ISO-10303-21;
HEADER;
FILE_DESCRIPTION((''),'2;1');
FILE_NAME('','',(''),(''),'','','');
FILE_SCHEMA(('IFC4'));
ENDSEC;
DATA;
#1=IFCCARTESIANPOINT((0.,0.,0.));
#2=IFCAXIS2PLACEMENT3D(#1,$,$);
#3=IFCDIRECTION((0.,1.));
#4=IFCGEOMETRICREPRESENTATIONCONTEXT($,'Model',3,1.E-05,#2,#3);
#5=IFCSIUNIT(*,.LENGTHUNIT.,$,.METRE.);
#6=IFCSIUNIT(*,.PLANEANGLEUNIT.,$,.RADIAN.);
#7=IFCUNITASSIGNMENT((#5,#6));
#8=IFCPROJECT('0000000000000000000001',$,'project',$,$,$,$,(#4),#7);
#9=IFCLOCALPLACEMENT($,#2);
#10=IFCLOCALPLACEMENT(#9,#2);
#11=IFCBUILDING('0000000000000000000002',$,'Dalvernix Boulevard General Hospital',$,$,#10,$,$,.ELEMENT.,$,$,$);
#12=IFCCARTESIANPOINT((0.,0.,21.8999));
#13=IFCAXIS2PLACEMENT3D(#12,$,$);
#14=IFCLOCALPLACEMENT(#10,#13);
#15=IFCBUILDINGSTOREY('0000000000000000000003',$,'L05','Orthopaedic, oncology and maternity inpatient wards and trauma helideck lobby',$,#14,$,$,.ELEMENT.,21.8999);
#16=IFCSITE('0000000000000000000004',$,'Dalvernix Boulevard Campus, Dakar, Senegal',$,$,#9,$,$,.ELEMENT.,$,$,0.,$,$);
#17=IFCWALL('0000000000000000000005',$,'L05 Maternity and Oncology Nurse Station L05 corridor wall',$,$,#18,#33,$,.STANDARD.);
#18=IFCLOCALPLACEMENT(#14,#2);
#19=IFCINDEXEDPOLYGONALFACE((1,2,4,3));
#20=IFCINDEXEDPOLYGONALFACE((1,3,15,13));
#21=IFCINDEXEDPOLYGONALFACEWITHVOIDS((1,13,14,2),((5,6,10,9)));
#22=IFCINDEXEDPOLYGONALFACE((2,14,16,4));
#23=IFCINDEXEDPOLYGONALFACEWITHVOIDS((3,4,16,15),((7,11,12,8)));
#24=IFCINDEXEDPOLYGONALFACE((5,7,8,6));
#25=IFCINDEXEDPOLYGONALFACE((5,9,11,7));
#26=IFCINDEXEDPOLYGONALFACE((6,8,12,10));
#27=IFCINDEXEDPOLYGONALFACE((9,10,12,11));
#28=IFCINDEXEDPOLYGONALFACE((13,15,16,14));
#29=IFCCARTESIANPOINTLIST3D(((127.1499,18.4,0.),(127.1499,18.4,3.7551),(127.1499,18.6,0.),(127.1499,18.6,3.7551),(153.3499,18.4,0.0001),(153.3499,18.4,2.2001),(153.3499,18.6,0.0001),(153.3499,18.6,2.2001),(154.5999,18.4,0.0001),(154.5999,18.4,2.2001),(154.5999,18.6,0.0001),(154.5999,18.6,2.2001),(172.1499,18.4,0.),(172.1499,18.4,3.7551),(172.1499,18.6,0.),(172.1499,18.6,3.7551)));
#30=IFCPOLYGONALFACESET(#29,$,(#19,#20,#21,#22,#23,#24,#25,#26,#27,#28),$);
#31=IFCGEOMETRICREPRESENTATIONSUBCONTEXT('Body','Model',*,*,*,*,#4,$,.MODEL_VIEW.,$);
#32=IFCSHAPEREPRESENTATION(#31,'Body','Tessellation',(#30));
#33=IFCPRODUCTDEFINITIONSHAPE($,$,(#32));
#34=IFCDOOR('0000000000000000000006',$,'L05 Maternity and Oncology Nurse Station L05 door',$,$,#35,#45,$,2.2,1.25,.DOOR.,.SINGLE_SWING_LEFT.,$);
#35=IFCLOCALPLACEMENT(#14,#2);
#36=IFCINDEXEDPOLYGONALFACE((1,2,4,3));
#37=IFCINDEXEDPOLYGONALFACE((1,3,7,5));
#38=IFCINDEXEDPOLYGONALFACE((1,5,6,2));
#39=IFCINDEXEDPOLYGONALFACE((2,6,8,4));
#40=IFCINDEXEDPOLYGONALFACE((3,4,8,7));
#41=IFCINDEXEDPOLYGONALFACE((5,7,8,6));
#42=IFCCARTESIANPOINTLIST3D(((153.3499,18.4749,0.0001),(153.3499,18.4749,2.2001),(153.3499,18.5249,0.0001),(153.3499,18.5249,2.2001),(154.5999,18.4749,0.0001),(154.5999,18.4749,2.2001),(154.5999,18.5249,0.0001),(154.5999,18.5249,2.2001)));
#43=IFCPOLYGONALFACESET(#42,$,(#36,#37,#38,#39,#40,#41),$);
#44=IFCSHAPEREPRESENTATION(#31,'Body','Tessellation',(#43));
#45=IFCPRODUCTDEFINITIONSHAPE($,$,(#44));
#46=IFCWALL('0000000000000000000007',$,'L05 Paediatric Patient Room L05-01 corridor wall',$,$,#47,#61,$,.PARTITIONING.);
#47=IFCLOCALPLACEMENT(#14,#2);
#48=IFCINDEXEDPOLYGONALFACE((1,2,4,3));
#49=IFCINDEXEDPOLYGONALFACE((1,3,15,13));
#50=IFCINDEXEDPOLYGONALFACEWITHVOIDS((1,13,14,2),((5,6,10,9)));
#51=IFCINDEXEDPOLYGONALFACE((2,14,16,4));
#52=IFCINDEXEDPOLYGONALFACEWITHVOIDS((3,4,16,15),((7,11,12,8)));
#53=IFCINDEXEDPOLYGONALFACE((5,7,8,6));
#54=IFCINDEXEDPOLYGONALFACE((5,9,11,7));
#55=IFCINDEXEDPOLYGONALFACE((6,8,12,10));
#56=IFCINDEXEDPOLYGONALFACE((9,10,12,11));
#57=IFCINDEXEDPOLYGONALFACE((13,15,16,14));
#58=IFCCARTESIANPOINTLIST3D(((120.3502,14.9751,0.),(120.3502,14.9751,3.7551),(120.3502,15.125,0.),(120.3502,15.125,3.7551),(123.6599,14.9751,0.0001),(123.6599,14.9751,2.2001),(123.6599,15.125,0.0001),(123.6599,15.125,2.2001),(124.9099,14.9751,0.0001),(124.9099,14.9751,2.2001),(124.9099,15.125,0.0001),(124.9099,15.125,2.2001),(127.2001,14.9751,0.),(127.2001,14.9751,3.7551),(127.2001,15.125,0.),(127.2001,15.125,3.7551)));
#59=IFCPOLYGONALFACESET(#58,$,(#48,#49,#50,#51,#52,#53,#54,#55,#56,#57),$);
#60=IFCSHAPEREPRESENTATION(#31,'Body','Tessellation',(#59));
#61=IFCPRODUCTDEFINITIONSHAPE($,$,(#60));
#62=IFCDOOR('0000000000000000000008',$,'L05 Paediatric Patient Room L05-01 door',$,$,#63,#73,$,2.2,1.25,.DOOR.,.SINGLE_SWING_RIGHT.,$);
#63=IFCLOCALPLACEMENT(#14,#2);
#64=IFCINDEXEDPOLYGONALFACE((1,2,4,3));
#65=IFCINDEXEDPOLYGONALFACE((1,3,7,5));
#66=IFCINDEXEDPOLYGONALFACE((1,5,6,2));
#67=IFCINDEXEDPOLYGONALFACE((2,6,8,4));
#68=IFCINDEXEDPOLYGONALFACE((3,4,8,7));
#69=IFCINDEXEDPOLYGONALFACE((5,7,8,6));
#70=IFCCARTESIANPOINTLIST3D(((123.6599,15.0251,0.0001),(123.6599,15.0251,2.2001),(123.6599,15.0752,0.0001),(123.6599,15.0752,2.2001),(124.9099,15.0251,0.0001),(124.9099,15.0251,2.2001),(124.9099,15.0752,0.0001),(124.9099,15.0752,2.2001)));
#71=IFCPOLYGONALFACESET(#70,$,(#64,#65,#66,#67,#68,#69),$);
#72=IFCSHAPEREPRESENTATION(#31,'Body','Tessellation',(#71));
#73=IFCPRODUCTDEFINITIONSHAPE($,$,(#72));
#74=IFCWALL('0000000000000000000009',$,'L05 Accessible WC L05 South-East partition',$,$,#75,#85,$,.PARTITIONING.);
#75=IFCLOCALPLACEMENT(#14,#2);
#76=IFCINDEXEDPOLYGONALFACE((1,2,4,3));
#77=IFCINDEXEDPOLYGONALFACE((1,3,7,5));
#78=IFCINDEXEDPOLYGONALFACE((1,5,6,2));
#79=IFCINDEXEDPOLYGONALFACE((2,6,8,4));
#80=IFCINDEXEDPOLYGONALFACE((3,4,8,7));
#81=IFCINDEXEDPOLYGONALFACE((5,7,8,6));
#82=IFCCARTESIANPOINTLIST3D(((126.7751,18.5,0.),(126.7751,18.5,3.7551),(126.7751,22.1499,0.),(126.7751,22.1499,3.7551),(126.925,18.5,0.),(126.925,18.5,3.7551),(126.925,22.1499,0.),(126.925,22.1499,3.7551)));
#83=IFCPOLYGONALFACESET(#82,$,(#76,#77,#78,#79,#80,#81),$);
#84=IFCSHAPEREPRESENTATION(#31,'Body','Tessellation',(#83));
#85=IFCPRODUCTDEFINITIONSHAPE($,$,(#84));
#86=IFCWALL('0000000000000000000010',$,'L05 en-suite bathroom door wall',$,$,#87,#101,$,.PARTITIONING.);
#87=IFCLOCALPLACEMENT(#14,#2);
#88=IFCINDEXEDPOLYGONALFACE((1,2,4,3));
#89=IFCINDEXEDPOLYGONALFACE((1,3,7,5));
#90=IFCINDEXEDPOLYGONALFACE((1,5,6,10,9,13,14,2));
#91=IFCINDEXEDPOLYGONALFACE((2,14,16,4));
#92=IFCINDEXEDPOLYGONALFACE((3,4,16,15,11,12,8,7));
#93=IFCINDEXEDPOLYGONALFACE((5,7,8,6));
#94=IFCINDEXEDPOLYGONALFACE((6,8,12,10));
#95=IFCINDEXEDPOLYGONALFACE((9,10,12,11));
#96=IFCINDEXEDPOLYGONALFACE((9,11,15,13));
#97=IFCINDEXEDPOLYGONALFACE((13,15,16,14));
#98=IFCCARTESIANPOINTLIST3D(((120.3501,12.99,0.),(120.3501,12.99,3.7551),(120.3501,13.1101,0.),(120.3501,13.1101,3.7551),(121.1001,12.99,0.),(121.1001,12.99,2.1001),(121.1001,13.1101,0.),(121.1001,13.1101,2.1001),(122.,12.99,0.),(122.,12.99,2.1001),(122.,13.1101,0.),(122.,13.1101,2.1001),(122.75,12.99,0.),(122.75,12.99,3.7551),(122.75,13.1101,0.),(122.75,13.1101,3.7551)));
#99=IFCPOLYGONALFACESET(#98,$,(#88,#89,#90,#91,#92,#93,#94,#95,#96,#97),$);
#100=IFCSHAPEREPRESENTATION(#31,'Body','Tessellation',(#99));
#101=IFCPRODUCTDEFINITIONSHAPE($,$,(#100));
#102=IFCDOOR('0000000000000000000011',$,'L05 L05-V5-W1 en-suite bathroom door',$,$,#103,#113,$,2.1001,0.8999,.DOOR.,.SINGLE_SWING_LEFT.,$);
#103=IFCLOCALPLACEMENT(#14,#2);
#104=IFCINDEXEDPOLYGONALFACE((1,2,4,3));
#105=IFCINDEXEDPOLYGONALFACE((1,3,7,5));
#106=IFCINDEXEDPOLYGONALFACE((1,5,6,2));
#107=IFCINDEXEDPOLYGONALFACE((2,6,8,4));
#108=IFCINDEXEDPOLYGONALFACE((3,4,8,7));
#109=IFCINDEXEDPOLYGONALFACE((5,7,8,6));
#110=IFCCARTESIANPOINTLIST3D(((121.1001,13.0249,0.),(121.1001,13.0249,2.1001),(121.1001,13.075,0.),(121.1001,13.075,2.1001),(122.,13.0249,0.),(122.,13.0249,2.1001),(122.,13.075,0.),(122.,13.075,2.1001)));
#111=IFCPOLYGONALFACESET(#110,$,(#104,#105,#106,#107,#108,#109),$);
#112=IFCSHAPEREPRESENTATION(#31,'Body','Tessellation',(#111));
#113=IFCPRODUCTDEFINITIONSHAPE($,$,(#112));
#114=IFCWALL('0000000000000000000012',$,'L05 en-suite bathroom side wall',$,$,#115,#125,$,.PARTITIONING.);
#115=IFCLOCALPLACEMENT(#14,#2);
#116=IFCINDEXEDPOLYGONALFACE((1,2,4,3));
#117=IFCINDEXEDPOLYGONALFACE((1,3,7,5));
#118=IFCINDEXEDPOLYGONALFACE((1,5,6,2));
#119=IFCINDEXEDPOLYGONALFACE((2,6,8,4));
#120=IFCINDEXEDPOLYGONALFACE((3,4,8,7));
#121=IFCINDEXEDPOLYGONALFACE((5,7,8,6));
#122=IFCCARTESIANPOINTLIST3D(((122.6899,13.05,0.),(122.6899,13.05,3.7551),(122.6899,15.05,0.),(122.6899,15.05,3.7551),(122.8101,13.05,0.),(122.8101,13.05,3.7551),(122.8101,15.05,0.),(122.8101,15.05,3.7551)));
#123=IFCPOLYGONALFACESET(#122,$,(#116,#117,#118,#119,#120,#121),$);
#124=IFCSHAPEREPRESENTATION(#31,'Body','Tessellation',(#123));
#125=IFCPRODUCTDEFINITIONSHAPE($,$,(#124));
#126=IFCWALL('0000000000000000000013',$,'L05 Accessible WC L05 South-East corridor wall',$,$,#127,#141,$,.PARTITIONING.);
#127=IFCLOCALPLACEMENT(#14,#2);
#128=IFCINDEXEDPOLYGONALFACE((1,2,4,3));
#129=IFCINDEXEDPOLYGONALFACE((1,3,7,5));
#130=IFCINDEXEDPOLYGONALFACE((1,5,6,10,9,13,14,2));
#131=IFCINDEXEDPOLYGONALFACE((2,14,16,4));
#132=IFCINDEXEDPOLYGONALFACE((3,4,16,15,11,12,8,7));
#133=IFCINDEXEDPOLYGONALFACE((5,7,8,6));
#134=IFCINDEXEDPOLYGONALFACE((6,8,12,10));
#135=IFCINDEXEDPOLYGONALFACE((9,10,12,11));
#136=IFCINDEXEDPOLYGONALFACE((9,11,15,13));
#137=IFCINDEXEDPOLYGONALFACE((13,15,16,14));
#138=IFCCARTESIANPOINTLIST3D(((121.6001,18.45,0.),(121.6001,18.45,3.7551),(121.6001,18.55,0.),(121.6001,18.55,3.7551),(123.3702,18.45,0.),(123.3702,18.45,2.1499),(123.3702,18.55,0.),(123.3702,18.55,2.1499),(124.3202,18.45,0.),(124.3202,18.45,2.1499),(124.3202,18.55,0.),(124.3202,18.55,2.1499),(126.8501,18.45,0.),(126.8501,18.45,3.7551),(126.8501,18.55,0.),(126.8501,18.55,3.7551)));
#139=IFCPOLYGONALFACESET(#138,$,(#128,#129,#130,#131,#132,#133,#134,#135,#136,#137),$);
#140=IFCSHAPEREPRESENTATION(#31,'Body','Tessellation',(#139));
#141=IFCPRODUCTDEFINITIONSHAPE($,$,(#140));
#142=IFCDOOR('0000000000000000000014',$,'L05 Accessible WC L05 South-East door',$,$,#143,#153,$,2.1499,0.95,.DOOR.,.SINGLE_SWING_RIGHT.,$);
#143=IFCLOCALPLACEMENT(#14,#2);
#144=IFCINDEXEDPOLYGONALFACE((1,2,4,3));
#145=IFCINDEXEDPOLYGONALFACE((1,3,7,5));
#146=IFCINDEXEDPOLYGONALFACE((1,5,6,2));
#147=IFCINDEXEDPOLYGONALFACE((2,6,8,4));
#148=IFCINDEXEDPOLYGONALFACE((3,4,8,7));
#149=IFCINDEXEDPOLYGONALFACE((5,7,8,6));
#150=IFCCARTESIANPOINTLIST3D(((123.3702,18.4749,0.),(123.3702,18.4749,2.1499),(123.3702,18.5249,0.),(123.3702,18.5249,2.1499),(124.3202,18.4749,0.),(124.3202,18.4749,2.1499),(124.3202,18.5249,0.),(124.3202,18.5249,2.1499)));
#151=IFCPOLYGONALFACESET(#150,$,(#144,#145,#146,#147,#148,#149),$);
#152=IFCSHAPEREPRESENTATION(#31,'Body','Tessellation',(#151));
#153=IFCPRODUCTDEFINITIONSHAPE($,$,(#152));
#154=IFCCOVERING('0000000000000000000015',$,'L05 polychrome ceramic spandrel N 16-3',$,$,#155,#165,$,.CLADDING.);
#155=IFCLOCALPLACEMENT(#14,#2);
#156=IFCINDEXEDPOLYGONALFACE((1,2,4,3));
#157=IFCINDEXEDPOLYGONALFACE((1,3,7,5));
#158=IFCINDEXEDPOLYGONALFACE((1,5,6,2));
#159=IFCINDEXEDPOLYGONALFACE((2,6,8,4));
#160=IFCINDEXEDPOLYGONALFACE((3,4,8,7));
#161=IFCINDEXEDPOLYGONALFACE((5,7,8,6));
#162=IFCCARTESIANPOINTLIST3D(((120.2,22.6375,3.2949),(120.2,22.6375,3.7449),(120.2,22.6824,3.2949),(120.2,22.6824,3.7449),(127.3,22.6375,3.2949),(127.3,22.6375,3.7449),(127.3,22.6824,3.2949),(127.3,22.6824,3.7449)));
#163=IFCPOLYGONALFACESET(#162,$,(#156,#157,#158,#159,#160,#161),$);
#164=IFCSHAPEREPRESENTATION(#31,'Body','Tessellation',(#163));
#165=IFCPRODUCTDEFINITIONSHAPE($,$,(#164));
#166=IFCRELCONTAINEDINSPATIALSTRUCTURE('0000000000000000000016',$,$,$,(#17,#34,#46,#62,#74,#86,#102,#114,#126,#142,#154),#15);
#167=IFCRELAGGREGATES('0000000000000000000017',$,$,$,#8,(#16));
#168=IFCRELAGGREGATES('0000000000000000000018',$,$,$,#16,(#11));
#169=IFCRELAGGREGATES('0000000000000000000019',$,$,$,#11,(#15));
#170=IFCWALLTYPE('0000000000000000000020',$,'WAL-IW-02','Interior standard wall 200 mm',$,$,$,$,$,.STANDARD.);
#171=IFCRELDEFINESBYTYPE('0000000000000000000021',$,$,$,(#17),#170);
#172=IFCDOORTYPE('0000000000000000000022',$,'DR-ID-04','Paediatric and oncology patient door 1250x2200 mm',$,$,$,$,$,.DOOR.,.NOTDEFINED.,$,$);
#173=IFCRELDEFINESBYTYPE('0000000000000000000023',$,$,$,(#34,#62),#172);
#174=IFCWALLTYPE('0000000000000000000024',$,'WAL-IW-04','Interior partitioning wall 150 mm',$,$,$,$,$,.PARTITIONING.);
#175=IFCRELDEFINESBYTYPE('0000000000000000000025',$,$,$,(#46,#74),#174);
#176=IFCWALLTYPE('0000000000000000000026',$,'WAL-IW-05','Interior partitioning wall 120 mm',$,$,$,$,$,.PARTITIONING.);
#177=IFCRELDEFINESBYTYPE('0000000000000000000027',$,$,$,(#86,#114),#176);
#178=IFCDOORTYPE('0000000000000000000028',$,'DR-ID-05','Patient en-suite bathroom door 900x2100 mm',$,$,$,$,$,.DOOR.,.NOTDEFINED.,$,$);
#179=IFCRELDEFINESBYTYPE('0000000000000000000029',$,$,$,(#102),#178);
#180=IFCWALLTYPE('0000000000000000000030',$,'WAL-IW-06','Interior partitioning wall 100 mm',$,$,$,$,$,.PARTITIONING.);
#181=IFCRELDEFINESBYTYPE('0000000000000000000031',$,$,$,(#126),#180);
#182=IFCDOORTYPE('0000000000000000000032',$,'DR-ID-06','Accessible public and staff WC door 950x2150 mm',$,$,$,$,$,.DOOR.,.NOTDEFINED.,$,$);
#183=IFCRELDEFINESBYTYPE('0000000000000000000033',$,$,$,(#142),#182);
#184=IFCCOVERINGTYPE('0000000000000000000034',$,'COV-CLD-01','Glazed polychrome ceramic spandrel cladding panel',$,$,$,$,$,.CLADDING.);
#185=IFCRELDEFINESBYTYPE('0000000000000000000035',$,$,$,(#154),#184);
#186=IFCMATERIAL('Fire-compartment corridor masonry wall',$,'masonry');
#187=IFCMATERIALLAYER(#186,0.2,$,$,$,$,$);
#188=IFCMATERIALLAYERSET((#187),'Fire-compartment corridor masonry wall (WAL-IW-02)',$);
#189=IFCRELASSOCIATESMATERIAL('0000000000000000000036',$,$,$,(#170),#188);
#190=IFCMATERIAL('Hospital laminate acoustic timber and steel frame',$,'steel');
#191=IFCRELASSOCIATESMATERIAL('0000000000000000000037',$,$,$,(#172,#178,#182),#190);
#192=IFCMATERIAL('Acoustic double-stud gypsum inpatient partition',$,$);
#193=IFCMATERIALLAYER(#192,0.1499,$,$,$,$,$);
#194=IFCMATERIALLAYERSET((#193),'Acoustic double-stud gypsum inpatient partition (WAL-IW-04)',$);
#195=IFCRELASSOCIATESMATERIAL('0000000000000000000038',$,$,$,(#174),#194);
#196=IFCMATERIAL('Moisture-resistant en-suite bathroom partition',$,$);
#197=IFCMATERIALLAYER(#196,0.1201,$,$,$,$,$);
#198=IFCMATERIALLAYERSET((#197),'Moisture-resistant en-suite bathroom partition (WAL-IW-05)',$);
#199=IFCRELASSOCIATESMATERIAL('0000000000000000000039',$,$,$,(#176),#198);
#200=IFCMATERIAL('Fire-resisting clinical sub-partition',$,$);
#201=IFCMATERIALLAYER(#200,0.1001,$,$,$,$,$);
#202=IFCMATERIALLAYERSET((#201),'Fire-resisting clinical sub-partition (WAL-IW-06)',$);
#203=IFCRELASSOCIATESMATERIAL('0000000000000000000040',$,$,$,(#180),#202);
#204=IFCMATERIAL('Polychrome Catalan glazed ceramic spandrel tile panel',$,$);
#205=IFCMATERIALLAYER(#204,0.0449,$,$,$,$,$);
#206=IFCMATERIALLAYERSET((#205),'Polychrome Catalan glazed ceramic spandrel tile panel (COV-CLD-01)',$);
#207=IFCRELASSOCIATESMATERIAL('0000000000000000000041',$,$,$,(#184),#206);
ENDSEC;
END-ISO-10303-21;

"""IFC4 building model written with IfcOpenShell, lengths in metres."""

from ifc_helpers import new_model, si_unit, direction, frame, frame_2d, origin, origin_2d, place, context, subcontext, project, spatial, rectangle, extrude, material, layer, layer_set, type_object, element, fill, save


model = new_model("IFC4")

# Units and contexts
model_context = context("Model", 3, precision=1e-05, world=origin(), true_north=direction((0.0, 1.0)))
body_context = subcontext(model_context, "Body", "Model", "MODEL_VIEW")
ifc_project = project(units=[si_unit("LENGTHUNIT", "METRE"), si_unit("PLANEANGLEUNIT", "RADIAN")], contexts=[model_context])

# Site, building, storey
site_placement = place(None, origin())
site = spatial("IfcSite", under=ifc_project, at=site_placement, Name="Dalvernix Boulevard Campus, Dakar, Senegal", CompositionType="ELEMENT", RefElevation=0.0)
building_placement = place(site_placement, origin())
building = spatial("IfcBuilding", under=site, at=building_placement, Name="Dalvernix Boulevard General Hospital", CompositionType="ELEMENT")
storey_placement = place(building_placement, frame((0.0, 0.0, 21.8999)))
storey = spatial("IfcBuildingStorey", under=building, at=storey_placement, Name="L05", Description="Orthopaedic, oncology and maternity inpatient wards and trauma helideck lobby", CompositionType="ELEMENT", Elevation=21.8999)

# Walls, openings, doors
ifc_material_1 = material(Name="Fire-compartment corridor masonry wall", Category="masonry")
ifc_layer_1 = layer(ifc_material_1, 0.2)
ifc_layer_set_1 = layer_set([ifc_layer_1], Name="Fire-compartment corridor masonry wall (WAL-IW-02)")
wall_type_1 = type_object("IfcWallType", Name="WAL-IW-02", Description="Interior standard wall 200 mm", PredefinedType="STANDARD", material=ifc_layer_set_1)
wall_1_placement = place(storey_placement, frame((127.1499, 18.5, 0.0), z_axis=(0.0, 0.0, 1.0), x_axis=(1.0, 0.0, 0.0)))
wall_1 = element("IfcWall", 1, at=wall_1_placement, inside=storey, type_object=wall_type_1, Name="L05 Maternity and Oncology Nurse Station L05 corridor wall", PredefinedType="STANDARD", context=body_context, shape_type="SweptSolid", body=[
    extrude(rectangle(XDim=45.0, YDim=0.2, at=frame_2d((22.5, 0.0))), origin(), (0.0, 0.0, 1.0), 3.7551),
])
opening_1_placement = place(wall_1_placement, frame((26.2, 0.0, 0.0)))
opening_1 = element("IfcOpeningElement", 2, at=opening_1_placement, cuts=wall_1, PredefinedType="OPENING", context=body_context, shape_type="SweptSolid", body=[
    extrude(rectangle(XDim=1.25, YDim=2.2, at=frame_2d((0.625, 1.1001))), frame((0.0, 0.1099, 0.0), z_axis=(0.0, -1.0, 0.0), x_axis=(1.0, 0.0, 0.0)), (0.0, 0.0, 1.0), 0.22),
])
ifc_material_2 = material(Name="Hospital laminate acoustic timber and steel frame", Category="steel")
door_type_1 = type_object("IfcDoorType", Name="DR-ID-04", Description="Paediatric and oncology patient door 1250x2200 mm", OperationType="NOTDEFINED", PredefinedType="DOOR", material=ifc_material_2)
door_1_placement = place(opening_1_placement, origin())
door_1 = element("IfcDoor", 3, at=door_1_placement, inside=storey, type_object=door_type_1, Name="L05 Maternity and Oncology Nurse Station L05 door", OperationType="SINGLE_SWING_LEFT", OverallHeight=2.2, OverallWidth=1.25, PredefinedType="DOOR", context=body_context, shape_type="SweptSolid", body=[
    extrude(rectangle(XDim=1.25, YDim=2.2, at=frame_2d((0.625, 1.1001))), frame((0.0, 0.0249, 0.0), z_axis=(0.0, -1.0, 0.0), x_axis=(1.0, 0.0, 0.0)), (0.0, 0.0, 1.0), 0.05),
])
fill(opening_1, door_1)
ifc_material_3 = material(Name="Acoustic double-stud gypsum inpatient partition")
ifc_layer_2 = layer(ifc_material_3, 0.1499)
ifc_layer_set_2 = layer_set([ifc_layer_2], Name="Acoustic double-stud gypsum inpatient partition (WAL-IW-04)")
wall_type_2 = type_object("IfcWallType", Name="WAL-IW-04", Description="Interior partitioning wall 150 mm", PredefinedType="PARTITIONING", material=ifc_layer_set_2)
wall_2_placement = place(storey_placement, frame((127.2, 15.05, 0.0), z_axis=(0.0, 0.0, 1.0), x_axis=(-1.0, 0.0, 0.0)))
wall_2 = element("IfcWall", 4, at=wall_2_placement, inside=storey, type_object=wall_type_2, Name="L05 Paediatric Patient Room L05-01 corridor wall", PredefinedType="PARTITIONING", context=body_context, shape_type="SweptSolid", body=[
    extrude(rectangle(XDim=6.8499, YDim=0.1499, at=frame_2d((3.4248, 0.0))), origin(), (0.0, 0.0, 1.0), 3.7551),
])
opening_2_placement = place(wall_2_placement, frame((2.29, 0.0, 0.0)))
opening_2 = element("IfcOpeningElement", 5, at=opening_2_placement, cuts=wall_2, PredefinedType="OPENING", context=body_context, shape_type="SweptSolid", body=[
    extrude(rectangle(XDim=1.25, YDim=2.2, at=frame_2d((0.625, 1.1001))), frame((0.0, 0.085, 0.0), z_axis=(0.0, -1.0, 0.0), x_axis=(1.0, 0.0, 0.0)), (0.0, 0.0, 1.0), 0.1699),
])
door_2_placement = place(opening_2_placement, origin())
door_2 = element("IfcDoor", 6, at=door_2_placement, inside=storey, type_object=door_type_1, Name="L05 Paediatric Patient Room L05-01 door", OperationType="SINGLE_SWING_RIGHT", OverallHeight=2.2, OverallWidth=1.25, PredefinedType="DOOR", context=body_context, shape_type="SweptSolid", body=[
    extrude(rectangle(XDim=1.25, YDim=2.2, at=frame_2d((0.625, 1.1001))), frame((0.0, 0.0249, 0.0), z_axis=(0.0, -1.0, 0.0), x_axis=(1.0, 0.0, 0.0)), (0.0, 0.0, 1.0), 0.05),
])
fill(opening_2, door_2)

# Wall
wall_3_placement = place(storey_placement, frame((126.8501, 18.5, 0.0), z_axis=(0.0, 0.0, 1.0), x_axis=(0.0, 1.0, 0.0)))
element("IfcWall", 7, at=wall_3_placement, inside=storey, type_object=wall_type_2, Name="L05 Accessible WC L05 South-East partition", PredefinedType="PARTITIONING", context=body_context, shape_type="SweptSolid", body=[
    extrude(rectangle(XDim=3.6499, YDim=0.1499, at=frame_2d((1.825, 0.0))), origin(), (0.0, 0.0, 1.0), 3.7551),
])

# Wall, opening, door
ifc_material_4 = material(Name="Moisture-resistant en-suite bathroom partition")
ifc_layer_3 = layer(ifc_material_4, 0.1201)
ifc_layer_set_3 = layer_set([ifc_layer_3], Name="Moisture-resistant en-suite bathroom partition (WAL-IW-05)")
wall_type_3 = type_object("IfcWallType", Name="WAL-IW-05", Description="Interior partitioning wall 120 mm", PredefinedType="PARTITIONING", material=ifc_layer_set_3)
wall_4_placement = place(storey_placement, frame((120.3501, 13.05, 0.0), z_axis=(0.0, 0.0, 1.0), x_axis=(1.0, 0.0, 0.0)))
wall_4 = element("IfcWall", 8, at=wall_4_placement, inside=storey, type_object=wall_type_3, Name="L05 en-suite bathroom door wall", PredefinedType="PARTITIONING", context=body_context, shape_type="SweptSolid", body=[
    extrude(rectangle(XDim=2.3999, YDim=0.1201, at=frame_2d((1.2, 0.0))), origin(), (0.0, 0.0, 1.0), 3.7551),
])
opening_3_placement = place(wall_4_placement, frame((0.75, 0.0, 0.0)))
opening_3 = element("IfcOpeningElement", 9, at=opening_3_placement, cuts=wall_4, PredefinedType="OPENING", context=body_context, shape_type="SweptSolid", body=[
    extrude(rectangle(XDim=0.8999, YDim=2.1001, at=frame_2d((0.45, 1.05))), frame((0.0, 0.0701, 0.0), z_axis=(0.0, -1.0, 0.0), x_axis=(1.0, 0.0, 0.0)), (0.0, 0.0, 1.0), 0.1401),
])
door_type_2 = type_object("IfcDoorType", Name="DR-ID-05", Description="Patient en-suite bathroom door 900x2100 mm", OperationType="NOTDEFINED", PredefinedType="DOOR", material=ifc_material_2)
door_3_placement = place(opening_3_placement, origin())
door_3 = element("IfcDoor", 10, at=door_3_placement, inside=storey, type_object=door_type_2, Name="L05 L05-V5-W1 en-suite bathroom door", OperationType="SINGLE_SWING_LEFT", OverallHeight=2.1001, OverallWidth=0.8999, PredefinedType="DOOR", context=body_context, shape_type="SweptSolid", body=[
    extrude(rectangle(XDim=0.8999, YDim=2.1001, at=frame_2d((0.45, 1.05))), frame((0.0, 0.0249, 0.0), z_axis=(0.0, -1.0, 0.0), x_axis=(1.0, 0.0, 0.0)), (0.0, 0.0, 1.0), 0.05),
])
fill(opening_3, door_3)

# Wall
wall_5_placement = place(storey_placement, frame((122.75, 13.05, 0.0), z_axis=(0.0, 0.0, 1.0), x_axis=(0.0, 1.0, 0.0)))
element("IfcWall", 11, at=wall_5_placement, inside=storey, type_object=wall_type_3, Name="L05 en-suite bathroom side wall", PredefinedType="PARTITIONING", context=body_context, shape_type="SweptSolid", body=[
    extrude(rectangle(XDim=2.0, YDim=0.1201, at=frame_2d((1.0, 0.0))), origin(), (0.0, 0.0, 1.0), 3.7551),
])

# Wall, opening, door
ifc_material_5 = material(Name="Fire-resisting clinical sub-partition")
ifc_layer_4 = layer(ifc_material_5, 0.1001)
ifc_layer_set_4 = layer_set([ifc_layer_4], Name="Fire-resisting clinical sub-partition (WAL-IW-06)")
wall_type_4 = type_object("IfcWallType", Name="WAL-IW-06", Description="Interior partitioning wall 100 mm", PredefinedType="PARTITIONING", material=ifc_layer_set_4)
wall_6_placement = place(storey_placement, frame((121.6001, 18.5, 0.0), z_axis=(0.0, 0.0, 1.0), x_axis=(1.0, 0.0, 0.0)))
wall_6 = element("IfcWall", 12, at=wall_6_placement, inside=storey, type_object=wall_type_4, Name="L05 Accessible WC L05 South-East corridor wall", PredefinedType="PARTITIONING", context=body_context, shape_type="SweptSolid", body=[
    extrude(rectangle(XDim=5.25, YDim=0.1001, at=frame_2d((2.625, 0.0))), origin(), (0.0, 0.0, 1.0), 3.7551),
])
opening_4_placement = place(wall_6_placement, frame((1.77, 0.0, 0.0)))
opening_4 = element("IfcOpeningElement", 13, at=opening_4_placement, cuts=wall_6, PredefinedType="OPENING", context=body_context, shape_type="SweptSolid", body=[
    extrude(rectangle(XDim=0.95, YDim=2.1499, at=frame_2d((0.4751, 1.075))), frame((0.0, 0.0601, 0.0), z_axis=(0.0, -1.0, 0.0), x_axis=(1.0, 0.0, 0.0)), (0.0, 0.0, 1.0), 0.1201),
])
door_type_3 = type_object("IfcDoorType", Name="DR-ID-06", Description="Accessible public and staff WC door 950x2150 mm", OperationType="NOTDEFINED", PredefinedType="DOOR", material=ifc_material_2)
door_4_placement = place(opening_4_placement, origin())
door_4 = element("IfcDoor", 14, at=door_4_placement, inside=storey, type_object=door_type_3, Name="L05 Accessible WC L05 South-East door", OperationType="SINGLE_SWING_RIGHT", OverallHeight=2.1499, OverallWidth=0.95, PredefinedType="DOOR", context=body_context, shape_type="SweptSolid", body=[
    extrude(rectangle(XDim=0.95, YDim=2.1499, at=frame_2d((0.4751, 1.075))), frame((0.0, 0.0249, 0.0), z_axis=(0.0, -1.0, 0.0), x_axis=(1.0, 0.0, 0.0)), (0.0, 0.0, 1.0), 0.05),
])
fill(opening_4, door_4)

# Covering
ifc_material_6 = material(Name="Polychrome Catalan glazed ceramic spandrel tile panel")
ifc_layer_5 = layer(ifc_material_6, 0.0449)
ifc_layer_set_5 = layer_set([ifc_layer_5], Name="Polychrome Catalan glazed ceramic spandrel tile panel (COV-CLD-01)")
covering_type_1 = type_object("IfcCoveringType", Name="COV-CLD-01", Description="Glazed polychrome ceramic spandrel cladding panel", PredefinedType="CLADDING", material=ifc_layer_set_5)
covering_1_placement = place(storey_placement, frame((123.75, 22.6599, 3.2949), z_axis=(0.0, 0.0, 1.0), x_axis=(1.0, 0.0, 0.0)))
element("IfcCovering", 15, at=covering_1_placement, inside=storey, type_object=covering_type_1, Name="L05 polychrome ceramic spandrel N 16-3", PredefinedType="CLADDING", context=body_context, shape_type="SweptSolid", body=[
    extrude(rectangle(XDim=7.1001, YDim=0.0449, at=origin_2d()), origin(), (0.0, 0.0, 1.0), 0.45),
])

save(model, "model.ifc")
